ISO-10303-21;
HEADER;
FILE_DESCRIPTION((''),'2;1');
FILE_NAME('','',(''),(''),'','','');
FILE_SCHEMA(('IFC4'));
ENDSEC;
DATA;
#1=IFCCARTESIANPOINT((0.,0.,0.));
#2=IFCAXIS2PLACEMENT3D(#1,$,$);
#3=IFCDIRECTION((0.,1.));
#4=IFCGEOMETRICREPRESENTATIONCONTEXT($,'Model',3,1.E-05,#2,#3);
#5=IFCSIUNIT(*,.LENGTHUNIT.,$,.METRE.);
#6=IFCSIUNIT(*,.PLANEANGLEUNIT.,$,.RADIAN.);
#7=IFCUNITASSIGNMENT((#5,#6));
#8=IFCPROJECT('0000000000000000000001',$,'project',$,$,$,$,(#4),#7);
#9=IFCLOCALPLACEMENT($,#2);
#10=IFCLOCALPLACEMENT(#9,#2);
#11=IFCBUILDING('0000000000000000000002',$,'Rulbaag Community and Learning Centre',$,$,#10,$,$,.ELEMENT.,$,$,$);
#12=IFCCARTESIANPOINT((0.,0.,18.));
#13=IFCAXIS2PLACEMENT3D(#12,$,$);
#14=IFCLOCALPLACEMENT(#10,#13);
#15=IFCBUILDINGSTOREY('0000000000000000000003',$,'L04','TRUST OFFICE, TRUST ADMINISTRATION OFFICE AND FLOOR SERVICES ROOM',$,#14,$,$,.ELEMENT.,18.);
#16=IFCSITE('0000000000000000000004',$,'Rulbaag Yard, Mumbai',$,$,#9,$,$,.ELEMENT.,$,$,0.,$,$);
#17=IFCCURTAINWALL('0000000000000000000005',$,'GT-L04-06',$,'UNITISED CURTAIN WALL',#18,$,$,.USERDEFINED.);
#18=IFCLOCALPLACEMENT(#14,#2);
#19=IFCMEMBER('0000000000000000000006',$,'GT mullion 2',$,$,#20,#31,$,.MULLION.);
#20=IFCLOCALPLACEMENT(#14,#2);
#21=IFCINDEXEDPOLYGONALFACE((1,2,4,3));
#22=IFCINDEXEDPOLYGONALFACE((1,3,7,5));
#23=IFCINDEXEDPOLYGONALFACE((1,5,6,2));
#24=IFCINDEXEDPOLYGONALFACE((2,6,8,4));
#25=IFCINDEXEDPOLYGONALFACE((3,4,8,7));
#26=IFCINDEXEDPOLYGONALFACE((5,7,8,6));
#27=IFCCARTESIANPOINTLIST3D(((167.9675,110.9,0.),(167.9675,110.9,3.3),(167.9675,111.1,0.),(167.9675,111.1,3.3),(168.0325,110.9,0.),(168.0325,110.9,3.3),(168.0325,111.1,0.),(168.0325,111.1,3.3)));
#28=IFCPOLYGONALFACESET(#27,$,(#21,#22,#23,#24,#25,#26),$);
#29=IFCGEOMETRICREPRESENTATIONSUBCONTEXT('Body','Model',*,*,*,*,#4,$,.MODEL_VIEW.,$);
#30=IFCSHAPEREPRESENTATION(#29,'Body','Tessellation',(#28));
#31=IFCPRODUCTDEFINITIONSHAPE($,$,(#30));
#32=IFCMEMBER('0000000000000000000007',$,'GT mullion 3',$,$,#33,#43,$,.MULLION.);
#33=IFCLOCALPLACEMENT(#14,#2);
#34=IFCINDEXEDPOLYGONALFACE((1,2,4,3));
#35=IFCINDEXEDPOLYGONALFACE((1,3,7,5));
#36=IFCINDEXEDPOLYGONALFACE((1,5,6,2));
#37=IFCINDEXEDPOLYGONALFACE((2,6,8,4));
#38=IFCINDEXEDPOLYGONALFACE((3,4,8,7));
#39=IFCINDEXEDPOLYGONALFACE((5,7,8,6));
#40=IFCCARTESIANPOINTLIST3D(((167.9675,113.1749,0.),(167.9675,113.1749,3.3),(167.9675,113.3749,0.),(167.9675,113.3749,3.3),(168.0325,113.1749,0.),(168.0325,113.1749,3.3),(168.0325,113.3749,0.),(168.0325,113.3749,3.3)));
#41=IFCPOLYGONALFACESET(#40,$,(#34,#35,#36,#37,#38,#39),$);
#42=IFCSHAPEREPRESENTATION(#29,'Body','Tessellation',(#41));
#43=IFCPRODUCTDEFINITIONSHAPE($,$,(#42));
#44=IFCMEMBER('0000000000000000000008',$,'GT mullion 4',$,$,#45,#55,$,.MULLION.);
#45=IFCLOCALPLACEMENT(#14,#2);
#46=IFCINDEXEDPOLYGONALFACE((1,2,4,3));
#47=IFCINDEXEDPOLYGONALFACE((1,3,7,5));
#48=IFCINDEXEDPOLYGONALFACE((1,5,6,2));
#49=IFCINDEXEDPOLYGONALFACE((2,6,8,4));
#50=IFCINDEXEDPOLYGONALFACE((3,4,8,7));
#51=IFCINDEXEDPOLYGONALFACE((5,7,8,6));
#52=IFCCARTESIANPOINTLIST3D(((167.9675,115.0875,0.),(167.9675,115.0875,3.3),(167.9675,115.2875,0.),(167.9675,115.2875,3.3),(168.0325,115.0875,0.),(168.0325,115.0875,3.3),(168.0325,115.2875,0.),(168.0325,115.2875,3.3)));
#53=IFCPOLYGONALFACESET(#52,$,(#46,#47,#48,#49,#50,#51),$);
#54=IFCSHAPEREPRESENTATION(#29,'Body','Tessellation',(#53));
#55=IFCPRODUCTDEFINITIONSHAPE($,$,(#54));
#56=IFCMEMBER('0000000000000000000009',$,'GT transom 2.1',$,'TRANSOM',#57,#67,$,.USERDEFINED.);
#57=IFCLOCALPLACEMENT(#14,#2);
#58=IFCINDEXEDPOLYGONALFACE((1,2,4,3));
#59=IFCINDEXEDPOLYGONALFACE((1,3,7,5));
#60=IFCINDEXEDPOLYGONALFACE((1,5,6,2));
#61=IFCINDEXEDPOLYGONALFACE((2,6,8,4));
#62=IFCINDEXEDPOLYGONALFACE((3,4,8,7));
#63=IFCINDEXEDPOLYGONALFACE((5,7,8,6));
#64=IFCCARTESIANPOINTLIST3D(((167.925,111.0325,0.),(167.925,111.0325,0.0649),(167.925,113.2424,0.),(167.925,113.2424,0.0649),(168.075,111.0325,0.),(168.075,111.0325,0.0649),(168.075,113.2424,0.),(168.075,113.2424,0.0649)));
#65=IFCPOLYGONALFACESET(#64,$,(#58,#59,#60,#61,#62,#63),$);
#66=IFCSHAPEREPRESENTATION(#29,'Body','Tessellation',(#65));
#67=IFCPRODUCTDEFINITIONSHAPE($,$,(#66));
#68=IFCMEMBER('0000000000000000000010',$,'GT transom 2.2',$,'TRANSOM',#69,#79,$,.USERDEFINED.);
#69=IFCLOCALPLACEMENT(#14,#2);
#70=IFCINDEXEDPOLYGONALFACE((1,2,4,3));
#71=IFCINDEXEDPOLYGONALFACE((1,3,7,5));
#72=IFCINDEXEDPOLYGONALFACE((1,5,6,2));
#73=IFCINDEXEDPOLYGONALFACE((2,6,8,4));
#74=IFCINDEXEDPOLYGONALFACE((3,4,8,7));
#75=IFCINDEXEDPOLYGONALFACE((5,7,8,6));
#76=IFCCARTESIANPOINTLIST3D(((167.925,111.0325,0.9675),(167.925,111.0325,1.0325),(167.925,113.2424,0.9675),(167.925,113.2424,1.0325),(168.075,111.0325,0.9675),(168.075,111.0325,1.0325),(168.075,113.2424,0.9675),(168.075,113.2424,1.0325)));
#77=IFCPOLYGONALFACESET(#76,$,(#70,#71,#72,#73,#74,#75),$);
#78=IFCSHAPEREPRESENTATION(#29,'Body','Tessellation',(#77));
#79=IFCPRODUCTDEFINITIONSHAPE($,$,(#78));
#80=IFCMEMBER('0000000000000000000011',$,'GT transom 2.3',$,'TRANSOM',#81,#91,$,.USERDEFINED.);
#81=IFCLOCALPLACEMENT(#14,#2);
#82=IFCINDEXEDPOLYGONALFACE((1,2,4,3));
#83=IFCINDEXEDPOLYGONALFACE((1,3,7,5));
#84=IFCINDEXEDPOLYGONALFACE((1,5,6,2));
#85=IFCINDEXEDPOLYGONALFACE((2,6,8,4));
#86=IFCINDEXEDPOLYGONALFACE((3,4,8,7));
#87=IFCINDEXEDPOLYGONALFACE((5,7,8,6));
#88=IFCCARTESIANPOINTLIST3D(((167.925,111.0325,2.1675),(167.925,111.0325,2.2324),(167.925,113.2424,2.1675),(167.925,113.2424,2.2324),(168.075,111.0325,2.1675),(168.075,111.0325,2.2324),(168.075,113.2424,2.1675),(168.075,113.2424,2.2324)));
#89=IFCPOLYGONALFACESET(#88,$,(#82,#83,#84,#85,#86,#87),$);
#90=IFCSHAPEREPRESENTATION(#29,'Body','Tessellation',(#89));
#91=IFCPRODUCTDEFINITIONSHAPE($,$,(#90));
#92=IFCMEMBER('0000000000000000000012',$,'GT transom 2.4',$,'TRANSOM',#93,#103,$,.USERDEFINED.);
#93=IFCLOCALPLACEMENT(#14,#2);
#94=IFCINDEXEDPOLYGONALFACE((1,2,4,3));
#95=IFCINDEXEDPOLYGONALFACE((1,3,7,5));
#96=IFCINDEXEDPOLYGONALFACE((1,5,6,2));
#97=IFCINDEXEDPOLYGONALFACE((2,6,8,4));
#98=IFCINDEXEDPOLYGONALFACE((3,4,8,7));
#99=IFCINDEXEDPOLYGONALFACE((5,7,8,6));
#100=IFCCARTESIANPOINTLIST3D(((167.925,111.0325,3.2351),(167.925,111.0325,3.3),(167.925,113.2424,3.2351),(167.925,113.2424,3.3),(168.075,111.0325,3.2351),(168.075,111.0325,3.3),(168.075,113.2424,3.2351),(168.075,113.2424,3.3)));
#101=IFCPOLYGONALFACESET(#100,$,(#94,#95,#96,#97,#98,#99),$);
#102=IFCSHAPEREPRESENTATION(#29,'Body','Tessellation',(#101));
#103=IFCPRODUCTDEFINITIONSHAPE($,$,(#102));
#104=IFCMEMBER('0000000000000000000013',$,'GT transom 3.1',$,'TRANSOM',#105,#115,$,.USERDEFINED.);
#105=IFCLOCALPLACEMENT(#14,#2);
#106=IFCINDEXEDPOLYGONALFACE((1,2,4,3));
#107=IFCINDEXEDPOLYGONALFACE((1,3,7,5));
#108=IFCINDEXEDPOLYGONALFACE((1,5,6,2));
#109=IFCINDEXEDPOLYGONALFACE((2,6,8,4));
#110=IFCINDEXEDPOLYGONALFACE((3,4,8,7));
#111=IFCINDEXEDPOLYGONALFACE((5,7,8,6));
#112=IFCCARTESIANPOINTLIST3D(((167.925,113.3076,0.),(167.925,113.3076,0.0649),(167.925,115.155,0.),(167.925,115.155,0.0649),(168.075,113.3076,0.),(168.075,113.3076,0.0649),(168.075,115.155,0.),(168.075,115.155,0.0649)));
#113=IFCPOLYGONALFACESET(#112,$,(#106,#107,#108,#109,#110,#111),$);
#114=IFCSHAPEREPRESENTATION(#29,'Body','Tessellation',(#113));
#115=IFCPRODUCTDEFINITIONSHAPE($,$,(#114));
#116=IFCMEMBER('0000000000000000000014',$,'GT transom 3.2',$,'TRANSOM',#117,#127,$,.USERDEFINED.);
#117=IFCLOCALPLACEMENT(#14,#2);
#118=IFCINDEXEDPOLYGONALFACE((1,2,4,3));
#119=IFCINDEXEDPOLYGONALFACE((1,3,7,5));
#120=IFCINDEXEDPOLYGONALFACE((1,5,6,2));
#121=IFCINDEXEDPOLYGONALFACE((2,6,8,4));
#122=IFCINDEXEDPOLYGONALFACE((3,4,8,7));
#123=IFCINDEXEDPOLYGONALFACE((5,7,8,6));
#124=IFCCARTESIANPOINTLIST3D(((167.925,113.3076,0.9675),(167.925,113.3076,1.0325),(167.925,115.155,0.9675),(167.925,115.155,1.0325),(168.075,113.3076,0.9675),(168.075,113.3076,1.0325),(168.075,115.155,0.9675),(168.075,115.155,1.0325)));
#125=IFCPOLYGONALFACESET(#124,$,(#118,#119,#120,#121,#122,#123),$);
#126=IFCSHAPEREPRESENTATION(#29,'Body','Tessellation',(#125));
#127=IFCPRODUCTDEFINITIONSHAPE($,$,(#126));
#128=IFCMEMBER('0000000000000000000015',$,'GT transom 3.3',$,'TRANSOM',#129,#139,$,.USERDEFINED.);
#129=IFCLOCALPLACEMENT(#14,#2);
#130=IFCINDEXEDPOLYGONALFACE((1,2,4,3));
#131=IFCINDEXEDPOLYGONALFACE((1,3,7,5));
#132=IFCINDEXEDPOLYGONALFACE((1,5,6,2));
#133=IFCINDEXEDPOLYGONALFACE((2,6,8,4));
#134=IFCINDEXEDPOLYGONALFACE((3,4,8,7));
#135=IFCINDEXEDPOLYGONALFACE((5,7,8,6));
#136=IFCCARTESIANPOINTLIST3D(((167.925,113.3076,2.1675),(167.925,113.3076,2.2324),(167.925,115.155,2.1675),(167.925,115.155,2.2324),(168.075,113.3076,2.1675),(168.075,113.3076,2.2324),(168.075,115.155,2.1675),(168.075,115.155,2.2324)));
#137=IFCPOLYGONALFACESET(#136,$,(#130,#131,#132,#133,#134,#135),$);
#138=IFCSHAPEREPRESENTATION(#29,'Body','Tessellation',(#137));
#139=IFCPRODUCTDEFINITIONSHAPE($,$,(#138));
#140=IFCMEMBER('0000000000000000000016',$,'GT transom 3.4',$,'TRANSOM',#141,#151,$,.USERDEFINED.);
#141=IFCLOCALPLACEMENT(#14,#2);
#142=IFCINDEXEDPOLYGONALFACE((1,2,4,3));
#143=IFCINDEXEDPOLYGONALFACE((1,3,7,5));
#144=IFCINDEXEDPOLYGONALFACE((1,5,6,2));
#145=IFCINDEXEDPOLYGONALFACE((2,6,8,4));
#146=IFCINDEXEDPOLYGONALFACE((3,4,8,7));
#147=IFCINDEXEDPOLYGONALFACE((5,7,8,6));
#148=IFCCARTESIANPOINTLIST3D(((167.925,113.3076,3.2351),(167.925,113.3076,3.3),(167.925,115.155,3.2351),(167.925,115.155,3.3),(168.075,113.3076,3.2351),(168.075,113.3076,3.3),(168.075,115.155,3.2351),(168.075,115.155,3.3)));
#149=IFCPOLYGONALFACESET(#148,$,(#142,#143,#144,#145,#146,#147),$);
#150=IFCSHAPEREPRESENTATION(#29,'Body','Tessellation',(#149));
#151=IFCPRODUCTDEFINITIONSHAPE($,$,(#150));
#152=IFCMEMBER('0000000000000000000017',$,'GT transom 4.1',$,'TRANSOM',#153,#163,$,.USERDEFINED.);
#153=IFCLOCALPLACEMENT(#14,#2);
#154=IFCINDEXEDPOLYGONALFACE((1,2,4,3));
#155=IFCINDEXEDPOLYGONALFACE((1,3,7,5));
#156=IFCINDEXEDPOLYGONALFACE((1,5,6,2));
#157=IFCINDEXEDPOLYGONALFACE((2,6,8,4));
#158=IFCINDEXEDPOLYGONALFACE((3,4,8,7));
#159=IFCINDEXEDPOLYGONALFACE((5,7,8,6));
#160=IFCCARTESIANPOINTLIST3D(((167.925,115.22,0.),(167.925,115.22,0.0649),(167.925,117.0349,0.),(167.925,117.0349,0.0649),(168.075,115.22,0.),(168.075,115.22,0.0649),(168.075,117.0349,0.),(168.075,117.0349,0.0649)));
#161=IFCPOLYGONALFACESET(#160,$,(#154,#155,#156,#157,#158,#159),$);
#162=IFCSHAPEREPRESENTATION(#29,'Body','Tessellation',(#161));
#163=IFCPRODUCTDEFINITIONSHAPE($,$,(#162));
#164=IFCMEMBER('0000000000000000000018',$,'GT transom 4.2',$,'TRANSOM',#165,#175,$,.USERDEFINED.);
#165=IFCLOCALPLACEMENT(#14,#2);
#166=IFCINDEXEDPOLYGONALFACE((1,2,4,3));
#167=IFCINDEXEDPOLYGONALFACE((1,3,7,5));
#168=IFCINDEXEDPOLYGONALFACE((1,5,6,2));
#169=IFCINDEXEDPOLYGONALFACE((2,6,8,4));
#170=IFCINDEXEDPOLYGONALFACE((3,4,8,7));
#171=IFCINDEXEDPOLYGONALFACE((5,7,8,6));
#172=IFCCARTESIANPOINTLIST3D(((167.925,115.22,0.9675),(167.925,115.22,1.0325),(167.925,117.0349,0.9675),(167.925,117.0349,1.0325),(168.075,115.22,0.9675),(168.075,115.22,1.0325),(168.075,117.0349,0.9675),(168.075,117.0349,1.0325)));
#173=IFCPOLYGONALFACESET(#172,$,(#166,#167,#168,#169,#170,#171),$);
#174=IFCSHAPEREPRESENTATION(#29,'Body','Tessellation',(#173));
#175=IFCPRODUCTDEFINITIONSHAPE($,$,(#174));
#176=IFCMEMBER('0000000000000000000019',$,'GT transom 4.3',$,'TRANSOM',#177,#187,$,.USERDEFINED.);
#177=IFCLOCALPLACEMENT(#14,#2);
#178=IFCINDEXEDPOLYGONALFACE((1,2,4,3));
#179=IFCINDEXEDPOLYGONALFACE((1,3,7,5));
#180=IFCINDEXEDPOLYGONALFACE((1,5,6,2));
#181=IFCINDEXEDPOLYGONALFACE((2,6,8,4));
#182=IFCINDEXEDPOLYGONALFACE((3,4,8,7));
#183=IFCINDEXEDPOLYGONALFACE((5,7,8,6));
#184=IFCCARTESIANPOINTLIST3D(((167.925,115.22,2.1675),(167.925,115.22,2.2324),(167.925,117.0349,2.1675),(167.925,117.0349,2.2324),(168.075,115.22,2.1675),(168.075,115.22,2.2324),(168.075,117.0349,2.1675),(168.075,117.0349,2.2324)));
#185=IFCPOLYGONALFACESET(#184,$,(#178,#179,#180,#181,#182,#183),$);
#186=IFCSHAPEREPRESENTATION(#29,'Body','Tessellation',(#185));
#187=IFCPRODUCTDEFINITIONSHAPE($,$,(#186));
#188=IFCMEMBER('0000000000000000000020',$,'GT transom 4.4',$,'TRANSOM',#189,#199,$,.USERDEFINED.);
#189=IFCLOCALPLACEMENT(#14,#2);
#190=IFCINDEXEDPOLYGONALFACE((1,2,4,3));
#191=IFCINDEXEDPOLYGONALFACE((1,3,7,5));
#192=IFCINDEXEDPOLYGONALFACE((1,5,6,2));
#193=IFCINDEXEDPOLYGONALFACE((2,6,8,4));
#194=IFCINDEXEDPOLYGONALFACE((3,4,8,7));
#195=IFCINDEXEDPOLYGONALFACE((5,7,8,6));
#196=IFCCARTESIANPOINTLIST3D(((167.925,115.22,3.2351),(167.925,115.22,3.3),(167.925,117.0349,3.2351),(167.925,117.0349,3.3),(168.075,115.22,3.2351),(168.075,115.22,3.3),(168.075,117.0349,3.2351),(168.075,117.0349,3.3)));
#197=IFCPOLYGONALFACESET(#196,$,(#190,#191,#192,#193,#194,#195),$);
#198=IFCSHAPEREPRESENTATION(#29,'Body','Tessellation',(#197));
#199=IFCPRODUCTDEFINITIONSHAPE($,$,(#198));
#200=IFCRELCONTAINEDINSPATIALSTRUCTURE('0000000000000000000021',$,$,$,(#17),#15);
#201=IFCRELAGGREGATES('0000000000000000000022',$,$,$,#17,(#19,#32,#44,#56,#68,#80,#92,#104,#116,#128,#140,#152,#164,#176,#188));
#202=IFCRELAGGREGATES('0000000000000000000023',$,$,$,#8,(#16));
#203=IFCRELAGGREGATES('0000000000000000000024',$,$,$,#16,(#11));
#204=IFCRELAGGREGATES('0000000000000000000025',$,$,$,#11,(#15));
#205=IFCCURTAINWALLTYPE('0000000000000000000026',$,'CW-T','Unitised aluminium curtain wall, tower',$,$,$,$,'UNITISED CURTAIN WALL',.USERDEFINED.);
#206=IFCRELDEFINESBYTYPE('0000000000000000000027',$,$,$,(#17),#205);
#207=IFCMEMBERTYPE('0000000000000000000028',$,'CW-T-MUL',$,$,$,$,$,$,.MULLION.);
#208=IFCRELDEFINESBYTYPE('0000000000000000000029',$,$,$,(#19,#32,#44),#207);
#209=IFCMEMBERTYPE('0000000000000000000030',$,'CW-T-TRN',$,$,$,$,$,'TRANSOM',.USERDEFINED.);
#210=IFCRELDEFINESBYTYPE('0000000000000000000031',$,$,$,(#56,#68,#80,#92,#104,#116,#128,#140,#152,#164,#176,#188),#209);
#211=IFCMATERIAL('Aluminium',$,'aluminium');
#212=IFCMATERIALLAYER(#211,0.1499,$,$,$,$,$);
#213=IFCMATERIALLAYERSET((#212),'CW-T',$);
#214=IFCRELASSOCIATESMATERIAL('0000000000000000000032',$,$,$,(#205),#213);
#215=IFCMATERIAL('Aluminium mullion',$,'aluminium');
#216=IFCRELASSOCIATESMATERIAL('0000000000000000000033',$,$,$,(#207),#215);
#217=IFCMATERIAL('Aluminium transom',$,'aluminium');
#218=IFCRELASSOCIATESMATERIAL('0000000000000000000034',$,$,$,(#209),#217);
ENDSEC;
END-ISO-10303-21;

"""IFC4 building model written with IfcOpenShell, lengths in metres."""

from ifc_helpers import new_model, si_unit, direction, frame, origin, origin_2d, place, context, subcontext, project, spatial, rectangle, extrude, material, layer, layer_set, material_profile, profile_set, type_object, element, aggregate, save


model = new_model("IFC4")

# Units and contexts
model_context = context("Model", 3, precision=1e-05, world=origin(), true_north=direction((0.0, 1.0)))
body_context = subcontext(model_context, "Body", "Model", "MODEL_VIEW")
ifc_project = project(units=[si_unit("LENGTHUNIT", "METRE"), si_unit("PLANEANGLEUNIT", "RADIAN")], contexts=[model_context])

# Site, building, storey
site_placement = place(None, origin())
site = spatial("IfcSite", under=ifc_project, at=site_placement, Name="Rulbaag Yard, Mumbai", CompositionType="ELEMENT", RefElevation=0.0)
building_placement = place(site_placement, origin())
building = spatial("IfcBuilding", under=site, at=building_placement, Name="Rulbaag Community and Learning Centre", CompositionType="ELEMENT")
storey_placement = place(building_placement, frame((0.0, 0.0, 18.0)))
storey = spatial("IfcBuildingStorey", under=building, at=storey_placement, Name="L04", Description="TRUST OFFICE, TRUST ADMINISTRATION OFFICE AND FLOOR SERVICES ROOM", CompositionType="ELEMENT", Elevation=18.0)

# Curtain wall, members
ifc_material_1 = material(Name="Aluminium", Category="aluminium")
ifc_layer_1 = layer(ifc_material_1, 0.1499)
ifc_layer_set_1 = layer_set([ifc_layer_1], Name="CW-T")
curtain_wall_type = type_object("IfcCurtainWallType", Name="CW-T", Description="Unitised aluminium curtain wall, tower", ElementType="UNITISED CURTAIN WALL", PredefinedType="USERDEFINED", material=ifc_layer_set_1)
curtain_wall_placement = place(storey_placement, origin())
curtain_wall = element("IfcCurtainWall", 1, at=curtain_wall_placement, inside=storey, type_object=curtain_wall_type, Name="GT-L04-06", ObjectType="UNITISED CURTAIN WALL", PredefinedType="USERDEFINED")
ifc_material_2 = material(Name="Aluminium mullion", Category="aluminium")
ifc_material_profile_1 = material_profile(ifc_material_2, rectangle(XDim=0.0649, YDim=0.2, at=origin_2d()), Name="AL 65x200")
ifc_profile_set_1 = profile_set([ifc_material_profile_1], Name="Aluminium mullion")
member_type_1 = type_object("IfcMemberType", Name="CW-T-MUL", PredefinedType="MULLION", material=ifc_profile_set_1)
member_1_placement = place(storey_placement, frame((168.0, 111.0, 0.0), z_axis=(0.0, 0.0, 1.0), x_axis=(-1.0, 0.0, 0.0)))
member_1 = element("IfcMember", 2, at=member_1_placement, type_object=member_type_1, Name="GT mullion 2", PredefinedType="MULLION", context=body_context, shape_type="SweptSolid", body=[
    extrude(rectangle(XDim=0.0649, YDim=0.2, at=origin_2d()), origin(), (0.0, 0.0, 1.0), 3.3),
])
member_2_placement = place(storey_placement, frame((168.0, 113.2749, 0.0), z_axis=(0.0, 0.0, 1.0), x_axis=(-1.0, 0.0, 0.0)))
member_2 = element("IfcMember", 3, at=member_2_placement, type_object=member_type_1, Name="GT mullion 3", PredefinedType="MULLION", context=body_context, shape_type="SweptSolid", body=[
    extrude(rectangle(XDim=0.0649, YDim=0.2, at=origin_2d()), origin(), (0.0, 0.0, 1.0), 3.3),
])
member_3_placement = place(storey_placement, frame((168.0, 115.1875, 0.0), z_axis=(0.0, 0.0, 1.0), x_axis=(-1.0, 0.0, 0.0)))
member_3 = element("IfcMember", 4, at=member_3_placement, type_object=member_type_1, Name="GT mullion 4", PredefinedType="MULLION", context=body_context, shape_type="SweptSolid", body=[
    extrude(rectangle(XDim=0.0649, YDim=0.2, at=origin_2d()), origin(), (0.0, 0.0, 1.0), 3.3),
])
ifc_material_3 = material(Name="Aluminium transom", Category="aluminium")
ifc_material_profile_2 = material_profile(ifc_material_3, rectangle(XDim=0.1499, YDim=0.0649, at=origin_2d()), Name="AL 65x150 T")
ifc_profile_set_2 = profile_set([ifc_material_profile_2], Name="Aluminium transom")
member_type_2 = type_object("IfcMemberType", Name="CW-T-TRN", ElementType="TRANSOM", PredefinedType="USERDEFINED", material=ifc_profile_set_2)
member_4_placement = place(storey_placement, frame((168.0, 111.0325, 0.0325), z_axis=(0.0, 1.0, 0.0), x_axis=(-1.0, 0.0, 0.0)))
member_4 = element("IfcMember", 5, at=member_4_placement, type_object=member_type_2, Name="GT transom 2.1", ObjectType="TRANSOM", PredefinedType="USERDEFINED", context=body_context, shape_type="SweptSolid", body=[
    extrude(rectangle(XDim=0.1499, YDim=0.0649, at=origin_2d()), origin(), (0.0, 0.0, 1.0), 2.21),
])
member_5_placement = place(storey_placement, frame((168.0, 111.0325, 1.0), z_axis=(0.0, 1.0, 0.0), x_axis=(-1.0, 0.0, 0.0)))
member_5 = element("IfcMember", 6, at=member_5_placement, type_object=member_type_2, Name="GT transom 2.2", ObjectType="TRANSOM", PredefinedType="USERDEFINED", context=body_context, shape_type="SweptSolid", body=[
    extrude(rectangle(XDim=0.1499, YDim=0.0649, at=origin_2d()), origin(), (0.0, 0.0, 1.0), 2.21),
])
member_6_placement = place(storey_placement, frame((168.0, 111.0325, 2.2), z_axis=(0.0, 1.0, 0.0), x_axis=(-1.0, 0.0, 0.0)))
member_6 = element("IfcMember", 7, at=member_6_placement, type_object=member_type_2, Name="GT transom 2.3", ObjectType="TRANSOM", PredefinedType="USERDEFINED", context=body_context, shape_type="SweptSolid", body=[
    extrude(rectangle(XDim=0.1499, YDim=0.0649, at=origin_2d()), origin(), (0.0, 0.0, 1.0), 2.21),
])
member_7_placement = place(storey_placement, frame((168.0, 111.0325, 3.2676), z_axis=(0.0, 1.0, 0.0), x_axis=(-1.0, 0.0, 0.0)))
member_7 = element("IfcMember", 8, at=member_7_placement, type_object=member_type_2, Name="GT transom 2.4", ObjectType="TRANSOM", PredefinedType="USERDEFINED", context=body_context, shape_type="SweptSolid", body=[
    extrude(rectangle(XDim=0.1499, YDim=0.0649, at=origin_2d()), origin(), (0.0, 0.0, 1.0), 2.21),
])
member_8_placement = place(storey_placement, frame((168.0, 113.3076, 0.0325), z_axis=(0.0, 1.0, 0.0), x_axis=(-1.0, 0.0, 0.0)))
member_8 = element("IfcMember", 9, at=member_8_placement, type_object=member_type_2, Name="GT transom 3.1", ObjectType="TRANSOM", PredefinedType="USERDEFINED", context=body_context, shape_type="SweptSolid", body=[
    extrude(rectangle(XDim=0.1499, YDim=0.0649, at=origin_2d()), origin(), (0.0, 0.0, 1.0), 1.8474),
])
member_9_placement = place(storey_placement, frame((168.0, 113.3076, 1.0), z_axis=(0.0, 1.0, 0.0), x_axis=(-1.0, 0.0, 0.0)))
member_9 = element("IfcMember", 10, at=member_9_placement, type_object=member_type_2, Name="GT transom 3.2", ObjectType="TRANSOM", PredefinedType="USERDEFINED", context=body_context, shape_type="SweptSolid", body=[
    extrude(rectangle(XDim=0.1499, YDim=0.0649, at=origin_2d()), origin(), (0.0, 0.0, 1.0), 1.8474),
])
member_10_placement = place(storey_placement, frame((168.0, 113.3076, 2.2), z_axis=(0.0, 1.0, 0.0), x_axis=(-1.0, 0.0, 0.0)))
member_10 = element("IfcMember", 11, at=member_10_placement, type_object=member_type_2, Name="GT transom 3.3", ObjectType="TRANSOM", PredefinedType="USERDEFINED", context=body_context, shape_type="SweptSolid", body=[
    extrude(rectangle(XDim=0.1499, YDim=0.0649, at=origin_2d()), origin(), (0.0, 0.0, 1.0), 1.8474),
])
member_11_placement = place(storey_placement, frame((168.0, 113.3076, 3.2676), z_axis=(0.0, 1.0, 0.0), x_axis=(-1.0, 0.0, 0.0)))
member_11 = element("IfcMember", 12, at=member_11_placement, type_object=member_type_2, Name="GT transom 3.4", ObjectType="TRANSOM", PredefinedType="USERDEFINED", context=body_context, shape_type="SweptSolid", body=[
    extrude(rectangle(XDim=0.1499, YDim=0.0649, at=origin_2d()), origin(), (0.0, 0.0, 1.0), 1.8474),
])
member_12_placement = place(storey_placement, frame((168.0, 115.22, 0.0325), z_axis=(0.0, 1.0, 0.0), x_axis=(-1.0, 0.0, 0.0)))
member_12 = element("IfcMember", 13, at=member_12_placement, type_object=member_type_2, Name="GT transom 4.1", ObjectType="TRANSOM", PredefinedType="USERDEFINED", context=body_context, shape_type="SweptSolid", body=[
    extrude(rectangle(XDim=0.1499, YDim=0.0649, at=origin_2d()), origin(), (0.0, 0.0, 1.0), 1.8149),
])
member_13_placement = place(storey_placement, frame((168.0, 115.22, 1.0), z_axis=(0.0, 1.0, 0.0), x_axis=(-1.0, 0.0, 0.0)))
member_13 = element("IfcMember", 14, at=member_13_placement, type_object=member_type_2, Name="GT transom 4.2", ObjectType="TRANSOM", PredefinedType="USERDEFINED", context=body_context, shape_type="SweptSolid", body=[
    extrude(rectangle(XDim=0.1499, YDim=0.0649, at=origin_2d()), origin(), (0.0, 0.0, 1.0), 1.8149),
])
member_14_placement = place(storey_placement, frame((168.0, 115.22, 2.2), z_axis=(0.0, 1.0, 0.0), x_axis=(-1.0, 0.0, 0.0)))
member_14 = element("IfcMember", 15, at=member_14_placement, type_object=member_type_2, Name="GT transom 4.3", ObjectType="TRANSOM", PredefinedType="USERDEFINED", context=body_context, shape_type="SweptSolid", body=[
    extrude(rectangle(XDim=0.1499, YDim=0.0649, at=origin_2d()), origin(), (0.0, 0.0, 1.0), 1.8149),
])
member_15_placement = place(storey_placement, frame((168.0, 115.22, 3.2676), z_axis=(0.0, 1.0, 0.0), x_axis=(-1.0, 0.0, 0.0)))
member_15 = element("IfcMember", 16, at=member_15_placement, type_object=member_type_2, Name="GT transom 4.4", ObjectType="TRANSOM", PredefinedType="USERDEFINED", context=body_context, shape_type="SweptSolid", body=[
    extrude(rectangle(XDim=0.1499, YDim=0.0649, at=origin_2d()), origin(), (0.0, 0.0, 1.0), 1.8149),
])
aggregate(curtain_wall, [member_1, member_2, member_3, member_4, member_5, member_6, member_7, member_8, member_9, member_10, member_11, member_12, member_13, member_14, member_15])

save(model, "model.ifc")
